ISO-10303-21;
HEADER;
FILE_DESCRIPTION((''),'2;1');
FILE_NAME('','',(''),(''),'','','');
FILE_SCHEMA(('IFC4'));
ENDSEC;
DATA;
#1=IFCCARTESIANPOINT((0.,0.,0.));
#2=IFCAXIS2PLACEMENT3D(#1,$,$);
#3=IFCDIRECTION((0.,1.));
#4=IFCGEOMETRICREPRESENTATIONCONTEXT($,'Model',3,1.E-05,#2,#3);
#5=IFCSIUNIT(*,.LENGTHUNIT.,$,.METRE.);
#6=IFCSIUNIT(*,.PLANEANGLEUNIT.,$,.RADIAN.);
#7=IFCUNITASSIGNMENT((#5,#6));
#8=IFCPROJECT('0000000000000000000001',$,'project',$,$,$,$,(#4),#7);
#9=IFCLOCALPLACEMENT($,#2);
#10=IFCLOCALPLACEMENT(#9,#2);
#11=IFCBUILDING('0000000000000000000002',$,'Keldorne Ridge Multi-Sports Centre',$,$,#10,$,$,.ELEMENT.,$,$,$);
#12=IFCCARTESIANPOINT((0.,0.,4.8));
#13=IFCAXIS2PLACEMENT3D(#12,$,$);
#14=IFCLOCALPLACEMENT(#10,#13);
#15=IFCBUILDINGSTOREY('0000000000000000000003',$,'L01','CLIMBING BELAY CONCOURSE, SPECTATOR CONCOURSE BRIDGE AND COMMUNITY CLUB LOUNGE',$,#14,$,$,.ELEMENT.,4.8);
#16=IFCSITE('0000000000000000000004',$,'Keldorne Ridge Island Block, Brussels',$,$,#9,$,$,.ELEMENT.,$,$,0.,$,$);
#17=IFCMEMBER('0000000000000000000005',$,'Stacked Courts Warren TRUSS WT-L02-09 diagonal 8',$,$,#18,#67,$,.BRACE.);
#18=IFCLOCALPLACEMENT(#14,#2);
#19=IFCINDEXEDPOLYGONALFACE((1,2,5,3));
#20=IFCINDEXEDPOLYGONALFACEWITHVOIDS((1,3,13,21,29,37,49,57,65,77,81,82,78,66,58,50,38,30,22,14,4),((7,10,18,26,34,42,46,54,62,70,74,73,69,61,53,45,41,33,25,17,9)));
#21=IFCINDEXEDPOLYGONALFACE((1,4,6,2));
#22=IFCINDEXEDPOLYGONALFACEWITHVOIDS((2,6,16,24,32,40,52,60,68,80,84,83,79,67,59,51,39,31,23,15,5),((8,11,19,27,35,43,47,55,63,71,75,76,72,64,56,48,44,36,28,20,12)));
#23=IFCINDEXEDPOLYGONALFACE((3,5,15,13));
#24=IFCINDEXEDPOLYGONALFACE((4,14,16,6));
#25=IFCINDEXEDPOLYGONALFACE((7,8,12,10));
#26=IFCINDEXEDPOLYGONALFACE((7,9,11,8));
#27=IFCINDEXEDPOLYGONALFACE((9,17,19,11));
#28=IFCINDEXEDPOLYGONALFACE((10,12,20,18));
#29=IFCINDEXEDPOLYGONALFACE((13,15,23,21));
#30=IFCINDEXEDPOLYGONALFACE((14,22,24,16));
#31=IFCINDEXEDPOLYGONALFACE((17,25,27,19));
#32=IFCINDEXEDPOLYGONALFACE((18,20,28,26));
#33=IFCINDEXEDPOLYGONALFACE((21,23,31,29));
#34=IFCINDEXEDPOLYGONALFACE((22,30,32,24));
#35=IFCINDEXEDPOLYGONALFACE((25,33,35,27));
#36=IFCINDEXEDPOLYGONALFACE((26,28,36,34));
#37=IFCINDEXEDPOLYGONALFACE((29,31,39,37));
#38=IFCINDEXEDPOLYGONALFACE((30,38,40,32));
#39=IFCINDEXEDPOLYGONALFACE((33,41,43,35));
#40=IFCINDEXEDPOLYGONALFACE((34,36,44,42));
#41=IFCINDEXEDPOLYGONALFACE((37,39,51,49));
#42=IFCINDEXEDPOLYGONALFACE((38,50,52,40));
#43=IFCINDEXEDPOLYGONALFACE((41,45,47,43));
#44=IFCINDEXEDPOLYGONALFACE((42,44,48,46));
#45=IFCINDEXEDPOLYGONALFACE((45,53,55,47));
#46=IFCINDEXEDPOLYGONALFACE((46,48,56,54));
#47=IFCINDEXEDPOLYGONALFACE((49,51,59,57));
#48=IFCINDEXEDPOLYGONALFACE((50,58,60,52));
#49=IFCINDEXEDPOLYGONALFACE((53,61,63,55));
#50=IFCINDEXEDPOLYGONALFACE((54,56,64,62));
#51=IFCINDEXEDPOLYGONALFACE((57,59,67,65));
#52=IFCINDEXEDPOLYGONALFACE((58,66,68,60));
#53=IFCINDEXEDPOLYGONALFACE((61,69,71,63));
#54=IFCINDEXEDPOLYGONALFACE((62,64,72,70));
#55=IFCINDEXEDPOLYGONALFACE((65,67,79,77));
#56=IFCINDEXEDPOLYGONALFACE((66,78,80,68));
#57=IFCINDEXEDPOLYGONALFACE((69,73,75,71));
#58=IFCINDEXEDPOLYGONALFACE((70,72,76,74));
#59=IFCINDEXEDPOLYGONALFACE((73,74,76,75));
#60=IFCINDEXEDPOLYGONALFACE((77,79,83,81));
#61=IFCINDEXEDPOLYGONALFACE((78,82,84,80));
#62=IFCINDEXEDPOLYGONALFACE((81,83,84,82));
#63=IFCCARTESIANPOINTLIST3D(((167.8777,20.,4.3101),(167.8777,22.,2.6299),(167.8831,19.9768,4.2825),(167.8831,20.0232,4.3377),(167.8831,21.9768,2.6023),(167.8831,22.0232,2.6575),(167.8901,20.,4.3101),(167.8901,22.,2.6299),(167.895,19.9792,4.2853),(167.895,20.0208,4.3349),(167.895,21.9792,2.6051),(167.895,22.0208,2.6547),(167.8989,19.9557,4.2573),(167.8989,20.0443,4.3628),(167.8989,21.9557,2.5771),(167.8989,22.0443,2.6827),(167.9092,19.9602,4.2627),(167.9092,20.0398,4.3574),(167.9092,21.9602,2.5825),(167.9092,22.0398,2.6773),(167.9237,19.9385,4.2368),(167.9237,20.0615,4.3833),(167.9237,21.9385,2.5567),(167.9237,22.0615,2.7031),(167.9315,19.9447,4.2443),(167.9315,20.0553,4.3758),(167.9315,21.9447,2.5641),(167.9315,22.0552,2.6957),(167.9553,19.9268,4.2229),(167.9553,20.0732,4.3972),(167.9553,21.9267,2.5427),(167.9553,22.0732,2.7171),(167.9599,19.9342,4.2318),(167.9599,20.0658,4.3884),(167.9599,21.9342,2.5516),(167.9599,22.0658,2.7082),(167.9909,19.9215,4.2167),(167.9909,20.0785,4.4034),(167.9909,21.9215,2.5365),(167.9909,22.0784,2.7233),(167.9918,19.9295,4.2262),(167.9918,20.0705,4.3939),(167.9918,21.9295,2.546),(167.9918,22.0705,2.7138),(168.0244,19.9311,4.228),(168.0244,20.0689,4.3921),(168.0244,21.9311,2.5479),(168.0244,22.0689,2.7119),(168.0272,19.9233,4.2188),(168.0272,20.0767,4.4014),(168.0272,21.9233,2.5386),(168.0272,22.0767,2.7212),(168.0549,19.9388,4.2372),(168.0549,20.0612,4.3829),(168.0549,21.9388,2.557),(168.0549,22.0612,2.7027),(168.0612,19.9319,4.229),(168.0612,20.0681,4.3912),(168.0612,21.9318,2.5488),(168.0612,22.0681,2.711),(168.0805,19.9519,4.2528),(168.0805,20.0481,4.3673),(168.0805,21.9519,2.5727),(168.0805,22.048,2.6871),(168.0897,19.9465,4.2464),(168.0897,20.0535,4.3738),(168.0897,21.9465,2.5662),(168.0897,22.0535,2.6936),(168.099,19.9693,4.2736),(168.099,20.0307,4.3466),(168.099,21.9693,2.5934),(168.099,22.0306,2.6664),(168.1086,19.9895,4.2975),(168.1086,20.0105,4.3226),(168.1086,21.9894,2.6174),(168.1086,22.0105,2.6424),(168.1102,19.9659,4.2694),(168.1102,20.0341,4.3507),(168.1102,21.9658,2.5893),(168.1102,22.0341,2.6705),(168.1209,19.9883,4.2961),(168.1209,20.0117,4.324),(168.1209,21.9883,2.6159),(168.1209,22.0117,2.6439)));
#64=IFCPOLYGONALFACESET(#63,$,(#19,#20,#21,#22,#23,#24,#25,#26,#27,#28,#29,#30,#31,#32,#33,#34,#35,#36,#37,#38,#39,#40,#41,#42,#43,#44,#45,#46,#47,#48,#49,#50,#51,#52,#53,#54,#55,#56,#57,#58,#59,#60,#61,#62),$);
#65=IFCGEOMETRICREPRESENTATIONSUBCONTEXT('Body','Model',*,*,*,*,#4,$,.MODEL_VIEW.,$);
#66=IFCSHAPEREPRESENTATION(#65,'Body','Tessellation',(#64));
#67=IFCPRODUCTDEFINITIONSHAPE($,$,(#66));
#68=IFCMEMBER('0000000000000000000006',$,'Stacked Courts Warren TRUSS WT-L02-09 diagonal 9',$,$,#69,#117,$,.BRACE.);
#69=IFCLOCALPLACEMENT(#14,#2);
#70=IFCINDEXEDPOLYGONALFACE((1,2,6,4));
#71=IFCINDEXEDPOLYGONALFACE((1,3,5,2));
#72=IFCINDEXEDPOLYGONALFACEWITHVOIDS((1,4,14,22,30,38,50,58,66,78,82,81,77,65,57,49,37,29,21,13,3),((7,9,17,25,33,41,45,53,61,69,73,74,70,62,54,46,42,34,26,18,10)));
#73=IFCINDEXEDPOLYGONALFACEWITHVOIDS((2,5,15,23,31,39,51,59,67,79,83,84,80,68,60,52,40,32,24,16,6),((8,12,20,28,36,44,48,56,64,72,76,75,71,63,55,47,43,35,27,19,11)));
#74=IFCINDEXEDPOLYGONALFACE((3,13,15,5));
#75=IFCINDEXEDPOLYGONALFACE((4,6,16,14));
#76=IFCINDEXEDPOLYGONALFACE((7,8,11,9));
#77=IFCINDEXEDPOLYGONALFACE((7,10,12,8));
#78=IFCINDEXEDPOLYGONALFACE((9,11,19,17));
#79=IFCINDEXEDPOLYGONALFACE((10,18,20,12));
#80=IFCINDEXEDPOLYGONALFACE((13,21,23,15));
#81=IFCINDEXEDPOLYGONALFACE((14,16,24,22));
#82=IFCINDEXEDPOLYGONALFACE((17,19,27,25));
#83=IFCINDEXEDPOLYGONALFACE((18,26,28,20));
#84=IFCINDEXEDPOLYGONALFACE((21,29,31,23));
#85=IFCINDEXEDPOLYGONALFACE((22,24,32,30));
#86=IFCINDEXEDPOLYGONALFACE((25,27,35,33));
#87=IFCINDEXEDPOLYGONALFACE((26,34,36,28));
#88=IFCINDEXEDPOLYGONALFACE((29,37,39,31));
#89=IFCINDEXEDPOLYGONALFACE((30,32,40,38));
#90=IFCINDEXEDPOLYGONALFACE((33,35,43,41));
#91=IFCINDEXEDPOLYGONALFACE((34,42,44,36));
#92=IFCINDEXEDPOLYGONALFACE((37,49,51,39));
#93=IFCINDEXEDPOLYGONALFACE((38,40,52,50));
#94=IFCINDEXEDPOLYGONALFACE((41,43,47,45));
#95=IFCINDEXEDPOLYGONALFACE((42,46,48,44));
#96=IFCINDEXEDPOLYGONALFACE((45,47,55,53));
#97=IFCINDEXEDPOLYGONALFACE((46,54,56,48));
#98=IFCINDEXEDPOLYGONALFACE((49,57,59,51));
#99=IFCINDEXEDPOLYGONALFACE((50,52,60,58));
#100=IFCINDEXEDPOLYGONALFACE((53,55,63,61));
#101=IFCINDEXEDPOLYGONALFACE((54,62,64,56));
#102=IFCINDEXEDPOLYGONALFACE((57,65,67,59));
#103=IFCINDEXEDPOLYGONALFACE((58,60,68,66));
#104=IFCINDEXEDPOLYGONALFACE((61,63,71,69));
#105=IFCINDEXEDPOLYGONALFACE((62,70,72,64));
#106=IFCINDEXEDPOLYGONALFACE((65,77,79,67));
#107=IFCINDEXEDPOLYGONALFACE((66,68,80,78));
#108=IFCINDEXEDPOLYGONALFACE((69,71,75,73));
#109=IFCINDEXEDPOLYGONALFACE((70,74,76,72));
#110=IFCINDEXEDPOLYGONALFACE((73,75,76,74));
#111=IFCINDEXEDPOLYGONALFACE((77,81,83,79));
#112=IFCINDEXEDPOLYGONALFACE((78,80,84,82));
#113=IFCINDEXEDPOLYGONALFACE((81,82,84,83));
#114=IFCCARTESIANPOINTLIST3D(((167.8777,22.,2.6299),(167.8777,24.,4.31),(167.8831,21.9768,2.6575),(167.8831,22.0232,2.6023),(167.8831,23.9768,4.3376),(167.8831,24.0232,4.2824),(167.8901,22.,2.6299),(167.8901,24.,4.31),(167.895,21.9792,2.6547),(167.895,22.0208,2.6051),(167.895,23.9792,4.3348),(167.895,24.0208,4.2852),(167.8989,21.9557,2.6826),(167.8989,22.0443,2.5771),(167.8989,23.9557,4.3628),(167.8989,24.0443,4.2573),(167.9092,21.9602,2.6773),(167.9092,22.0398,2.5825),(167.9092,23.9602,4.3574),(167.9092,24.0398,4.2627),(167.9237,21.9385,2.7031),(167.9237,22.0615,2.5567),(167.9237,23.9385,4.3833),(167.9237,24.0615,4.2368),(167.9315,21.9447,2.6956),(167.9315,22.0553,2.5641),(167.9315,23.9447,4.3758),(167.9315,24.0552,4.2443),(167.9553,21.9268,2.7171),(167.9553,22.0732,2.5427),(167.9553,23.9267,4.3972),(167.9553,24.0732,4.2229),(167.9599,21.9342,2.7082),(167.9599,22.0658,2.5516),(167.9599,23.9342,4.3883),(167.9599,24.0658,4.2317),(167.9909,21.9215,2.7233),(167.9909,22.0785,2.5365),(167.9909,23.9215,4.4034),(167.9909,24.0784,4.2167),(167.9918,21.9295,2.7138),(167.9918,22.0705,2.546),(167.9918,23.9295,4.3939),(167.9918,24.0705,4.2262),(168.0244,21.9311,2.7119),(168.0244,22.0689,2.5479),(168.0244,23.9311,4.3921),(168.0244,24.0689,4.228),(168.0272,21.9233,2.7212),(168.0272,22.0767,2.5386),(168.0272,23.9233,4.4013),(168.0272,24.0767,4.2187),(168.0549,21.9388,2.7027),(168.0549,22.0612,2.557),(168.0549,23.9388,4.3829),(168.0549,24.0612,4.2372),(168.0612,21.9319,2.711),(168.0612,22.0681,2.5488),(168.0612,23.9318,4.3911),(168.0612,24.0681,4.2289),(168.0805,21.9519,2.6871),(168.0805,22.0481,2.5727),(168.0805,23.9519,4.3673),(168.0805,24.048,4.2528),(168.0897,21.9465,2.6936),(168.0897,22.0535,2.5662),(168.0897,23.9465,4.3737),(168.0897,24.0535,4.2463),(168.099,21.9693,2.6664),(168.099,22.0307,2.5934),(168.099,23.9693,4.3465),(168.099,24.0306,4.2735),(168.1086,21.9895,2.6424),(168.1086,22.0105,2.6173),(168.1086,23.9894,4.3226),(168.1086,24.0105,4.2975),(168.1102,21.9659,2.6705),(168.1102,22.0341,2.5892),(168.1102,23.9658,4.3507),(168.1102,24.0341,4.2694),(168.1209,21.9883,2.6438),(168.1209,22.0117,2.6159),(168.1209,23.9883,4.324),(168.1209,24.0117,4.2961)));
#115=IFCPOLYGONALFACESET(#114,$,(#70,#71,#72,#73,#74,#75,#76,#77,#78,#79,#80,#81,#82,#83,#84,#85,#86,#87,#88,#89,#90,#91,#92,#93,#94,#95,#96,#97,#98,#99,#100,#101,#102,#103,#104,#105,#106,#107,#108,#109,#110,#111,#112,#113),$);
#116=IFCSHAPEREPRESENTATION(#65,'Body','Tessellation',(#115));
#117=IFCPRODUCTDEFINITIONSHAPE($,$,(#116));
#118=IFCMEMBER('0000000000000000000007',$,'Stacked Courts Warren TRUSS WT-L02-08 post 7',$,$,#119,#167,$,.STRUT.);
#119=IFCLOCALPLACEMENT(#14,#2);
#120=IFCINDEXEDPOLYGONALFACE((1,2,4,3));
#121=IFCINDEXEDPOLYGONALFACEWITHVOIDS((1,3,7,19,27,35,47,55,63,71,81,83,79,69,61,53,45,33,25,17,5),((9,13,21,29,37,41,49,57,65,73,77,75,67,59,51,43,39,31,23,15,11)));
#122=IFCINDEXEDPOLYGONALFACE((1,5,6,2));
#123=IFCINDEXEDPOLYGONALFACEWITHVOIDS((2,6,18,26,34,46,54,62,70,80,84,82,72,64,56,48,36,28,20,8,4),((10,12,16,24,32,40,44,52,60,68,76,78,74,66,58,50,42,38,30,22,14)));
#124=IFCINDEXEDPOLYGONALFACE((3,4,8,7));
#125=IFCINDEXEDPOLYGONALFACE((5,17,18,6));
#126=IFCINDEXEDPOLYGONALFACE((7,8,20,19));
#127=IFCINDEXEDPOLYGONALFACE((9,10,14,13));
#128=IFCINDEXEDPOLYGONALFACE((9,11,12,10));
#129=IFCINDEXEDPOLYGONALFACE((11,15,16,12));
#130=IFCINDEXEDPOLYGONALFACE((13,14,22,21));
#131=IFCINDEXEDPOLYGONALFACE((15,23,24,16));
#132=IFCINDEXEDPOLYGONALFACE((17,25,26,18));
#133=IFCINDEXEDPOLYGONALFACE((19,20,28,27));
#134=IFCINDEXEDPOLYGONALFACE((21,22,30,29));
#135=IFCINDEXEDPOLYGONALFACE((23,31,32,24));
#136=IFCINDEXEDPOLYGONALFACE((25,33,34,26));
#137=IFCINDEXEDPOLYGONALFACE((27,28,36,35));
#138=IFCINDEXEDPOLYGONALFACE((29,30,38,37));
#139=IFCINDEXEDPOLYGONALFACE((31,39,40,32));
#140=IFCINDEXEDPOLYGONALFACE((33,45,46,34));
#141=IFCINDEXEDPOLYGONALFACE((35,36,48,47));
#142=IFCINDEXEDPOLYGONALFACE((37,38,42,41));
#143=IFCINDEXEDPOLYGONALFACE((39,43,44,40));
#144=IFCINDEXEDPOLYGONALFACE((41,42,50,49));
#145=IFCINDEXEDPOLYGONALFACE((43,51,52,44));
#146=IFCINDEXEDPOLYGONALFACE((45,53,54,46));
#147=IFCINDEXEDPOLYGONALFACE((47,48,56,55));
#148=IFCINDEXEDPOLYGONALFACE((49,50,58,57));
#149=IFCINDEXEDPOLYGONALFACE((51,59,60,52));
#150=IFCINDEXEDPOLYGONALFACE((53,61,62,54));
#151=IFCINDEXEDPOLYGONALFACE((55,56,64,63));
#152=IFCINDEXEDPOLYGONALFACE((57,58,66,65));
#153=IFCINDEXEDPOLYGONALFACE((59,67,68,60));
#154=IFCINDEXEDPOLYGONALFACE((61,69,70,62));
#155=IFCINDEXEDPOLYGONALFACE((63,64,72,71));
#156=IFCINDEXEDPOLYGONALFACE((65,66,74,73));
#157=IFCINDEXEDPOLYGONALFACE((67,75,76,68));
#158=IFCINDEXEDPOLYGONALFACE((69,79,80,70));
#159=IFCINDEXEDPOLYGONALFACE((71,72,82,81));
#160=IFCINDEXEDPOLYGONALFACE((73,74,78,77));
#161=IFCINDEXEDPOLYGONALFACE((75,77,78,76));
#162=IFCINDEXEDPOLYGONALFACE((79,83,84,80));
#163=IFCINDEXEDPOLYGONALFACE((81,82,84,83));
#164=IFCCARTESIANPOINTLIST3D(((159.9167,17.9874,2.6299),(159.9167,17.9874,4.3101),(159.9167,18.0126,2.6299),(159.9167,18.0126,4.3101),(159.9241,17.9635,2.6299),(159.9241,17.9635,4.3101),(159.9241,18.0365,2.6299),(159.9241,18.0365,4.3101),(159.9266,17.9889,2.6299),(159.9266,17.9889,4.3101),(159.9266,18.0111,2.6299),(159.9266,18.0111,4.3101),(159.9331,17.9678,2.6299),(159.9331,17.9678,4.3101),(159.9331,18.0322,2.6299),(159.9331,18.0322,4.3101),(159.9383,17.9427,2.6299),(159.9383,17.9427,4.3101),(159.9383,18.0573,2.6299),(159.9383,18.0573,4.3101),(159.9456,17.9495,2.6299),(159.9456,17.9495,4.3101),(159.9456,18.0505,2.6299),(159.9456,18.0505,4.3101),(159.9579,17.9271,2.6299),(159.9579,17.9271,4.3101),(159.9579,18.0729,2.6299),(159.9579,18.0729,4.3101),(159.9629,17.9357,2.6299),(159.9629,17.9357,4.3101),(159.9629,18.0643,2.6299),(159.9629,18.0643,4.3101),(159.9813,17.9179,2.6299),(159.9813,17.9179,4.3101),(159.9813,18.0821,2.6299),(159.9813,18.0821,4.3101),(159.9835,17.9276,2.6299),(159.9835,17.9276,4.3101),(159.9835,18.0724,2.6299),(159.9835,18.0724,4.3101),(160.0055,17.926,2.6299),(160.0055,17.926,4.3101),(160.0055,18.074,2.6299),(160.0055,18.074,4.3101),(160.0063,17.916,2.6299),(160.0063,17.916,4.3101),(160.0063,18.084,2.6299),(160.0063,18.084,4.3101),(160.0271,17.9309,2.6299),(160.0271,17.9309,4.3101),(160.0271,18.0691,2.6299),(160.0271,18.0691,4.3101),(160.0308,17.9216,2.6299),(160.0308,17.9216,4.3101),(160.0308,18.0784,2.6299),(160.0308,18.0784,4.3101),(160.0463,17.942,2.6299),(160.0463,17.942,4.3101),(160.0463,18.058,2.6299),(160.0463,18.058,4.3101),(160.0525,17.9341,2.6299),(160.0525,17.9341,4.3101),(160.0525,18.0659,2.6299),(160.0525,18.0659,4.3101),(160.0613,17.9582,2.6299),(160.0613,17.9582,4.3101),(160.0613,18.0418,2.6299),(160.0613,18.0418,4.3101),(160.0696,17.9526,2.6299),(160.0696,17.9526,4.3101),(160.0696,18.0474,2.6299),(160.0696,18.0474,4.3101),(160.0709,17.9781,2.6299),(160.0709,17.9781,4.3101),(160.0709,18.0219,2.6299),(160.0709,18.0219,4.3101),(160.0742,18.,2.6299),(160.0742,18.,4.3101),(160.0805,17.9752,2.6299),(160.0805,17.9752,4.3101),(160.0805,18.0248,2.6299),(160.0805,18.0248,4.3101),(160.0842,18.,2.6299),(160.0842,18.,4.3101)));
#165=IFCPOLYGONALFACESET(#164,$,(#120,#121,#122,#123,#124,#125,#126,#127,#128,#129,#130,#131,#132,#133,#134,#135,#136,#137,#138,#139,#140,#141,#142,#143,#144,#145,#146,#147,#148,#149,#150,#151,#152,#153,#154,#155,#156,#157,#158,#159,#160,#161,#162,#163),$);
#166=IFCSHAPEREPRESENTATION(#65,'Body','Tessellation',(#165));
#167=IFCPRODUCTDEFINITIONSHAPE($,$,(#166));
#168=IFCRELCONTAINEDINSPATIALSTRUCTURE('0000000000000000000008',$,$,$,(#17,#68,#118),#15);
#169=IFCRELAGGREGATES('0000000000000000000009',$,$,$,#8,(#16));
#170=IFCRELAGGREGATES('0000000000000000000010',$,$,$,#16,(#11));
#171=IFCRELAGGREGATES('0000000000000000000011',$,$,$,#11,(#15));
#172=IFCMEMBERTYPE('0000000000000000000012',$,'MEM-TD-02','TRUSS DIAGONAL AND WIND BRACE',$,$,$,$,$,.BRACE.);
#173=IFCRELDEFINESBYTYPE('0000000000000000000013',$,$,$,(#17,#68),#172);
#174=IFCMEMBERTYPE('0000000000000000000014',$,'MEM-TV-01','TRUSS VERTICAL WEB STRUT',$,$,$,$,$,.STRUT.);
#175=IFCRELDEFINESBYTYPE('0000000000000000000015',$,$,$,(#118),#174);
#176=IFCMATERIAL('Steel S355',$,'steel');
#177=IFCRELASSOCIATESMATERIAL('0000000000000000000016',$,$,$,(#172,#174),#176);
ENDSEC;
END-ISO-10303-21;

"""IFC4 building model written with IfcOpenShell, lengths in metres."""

from ifc_helpers import new_model, si_unit, direction, frame, origin, origin_2d, place, context, subcontext, project, spatial, hollow_circle, extrude, material, material_profile, profile_set, type_object, element, save


model = new_model("IFC4")

# Units and contexts
model_context = context("Model", 3, precision=1e-05, world=origin(), true_north=direction((0.0, 1.0)))
body_context = subcontext(model_context, "Body", "Model", "MODEL_VIEW")
ifc_project = project(units=[si_unit("LENGTHUNIT", "METRE"), si_unit("PLANEANGLEUNIT", "RADIAN")], contexts=[model_context])

# Site, building, storey
site_placement = place(None, origin())
site = spatial("IfcSite", under=ifc_project, at=site_placement, Name="Keldorne Ridge Island Block, Brussels", CompositionType="ELEMENT", RefElevation=0.0)
building_placement = place(site_placement, origin())
building = spatial("IfcBuilding", under=site, at=building_placement, Name="Keldorne Ridge Multi-Sports Centre", CompositionType="ELEMENT")
storey_placement = place(building_placement, frame((0.0, 0.0, 4.8)))
storey = spatial("IfcBuildingStorey", under=building, at=storey_placement, Name="L01", Description="CLIMBING BELAY CONCOURSE, SPECTATOR CONCOURSE BRIDGE AND COMMUNITY CLUB LOUNGE", CompositionType="ELEMENT", Elevation=4.8)

# Shared definitions
ifc_material_1 = material(Name="Steel S355", Category="steel")

# Members
ifc_material_profile_1 = material_profile(ifc_material_1, hollow_circle(Radius=0.1223, WallThickness=0.0125, at=origin_2d()), Name="CHS 244.5x12.5")
ifc_profile_set_1 = profile_set([ifc_material_profile_1], Name="Steel S355")
member_type_1 = type_object("IfcMemberType", Name="MEM-TD-02", Description="TRUSS DIAGONAL AND WIND BRACE", PredefinedType="BRACE", material=ifc_profile_set_1)
for number, where, z_axis, x_axis, name in (
    (1, (168.0, 20.0, 4.3101), (0.0, 0.765672, -0.643232), (-1.0, 0.0, 0.0), "Stacked Courts Warren TRUSS WT-L02-09 diagonal 8"),
    (2, (168.0, 22.0, 2.6299), (0.0, 0.765672, 0.643232), (-1.0, 0.0, 0.0), "Stacked Courts Warren TRUSS WT-L02-09 diagonal 9"),
):
    element("IfcMember", number, at=place(storey_placement, frame(where, z_axis=z_axis, x_axis=x_axis)), inside=storey, type_object=member_type_1, Name=name, PredefinedType="BRACE", context=body_context, shape_type="SweptSolid", body=[
        extrude(hollow_circle(Radius=0.1223, WallThickness=0.0125, at=origin_2d()), origin(), (0.0, 0.0, 1.0), 2.6121),
    ])
ifc_material_profile_2 = material_profile(ifc_material_1, hollow_circle(Radius=0.0842, WallThickness=0.01, at=origin_2d()), Name="CHS 168.3x10")
ifc_profile_set_2 = profile_set([ifc_material_profile_2], Name="Steel S355")
member_type_2 = type_object("IfcMemberType", Name="MEM-TV-01", Description="TRUSS VERTICAL WEB STRUT", PredefinedType="STRUT", material=ifc_profile_set_2)
for number, where, z_axis, x_axis, name in (
    (3, (160.0, 18.0, 2.6299), (0.0, 0.0, 1.0), (1.0, 0.0, 0.0), "Stacked Courts Warren TRUSS WT-L02-08 post 7"),
):
    element("IfcMember", number, at=place(storey_placement, frame(where, z_axis=z_axis, x_axis=x_axis)), inside=storey, type_object=member_type_2, Name=name, PredefinedType="STRUT", context=body_context, shape_type="SweptSolid", body=[
        extrude(hollow_circle(Radius=0.0842, WallThickness=0.01, at=origin_2d()), origin(), (0.0, 0.0, 1.0), 1.6802),
    ])

save(model, "model.ifc")
